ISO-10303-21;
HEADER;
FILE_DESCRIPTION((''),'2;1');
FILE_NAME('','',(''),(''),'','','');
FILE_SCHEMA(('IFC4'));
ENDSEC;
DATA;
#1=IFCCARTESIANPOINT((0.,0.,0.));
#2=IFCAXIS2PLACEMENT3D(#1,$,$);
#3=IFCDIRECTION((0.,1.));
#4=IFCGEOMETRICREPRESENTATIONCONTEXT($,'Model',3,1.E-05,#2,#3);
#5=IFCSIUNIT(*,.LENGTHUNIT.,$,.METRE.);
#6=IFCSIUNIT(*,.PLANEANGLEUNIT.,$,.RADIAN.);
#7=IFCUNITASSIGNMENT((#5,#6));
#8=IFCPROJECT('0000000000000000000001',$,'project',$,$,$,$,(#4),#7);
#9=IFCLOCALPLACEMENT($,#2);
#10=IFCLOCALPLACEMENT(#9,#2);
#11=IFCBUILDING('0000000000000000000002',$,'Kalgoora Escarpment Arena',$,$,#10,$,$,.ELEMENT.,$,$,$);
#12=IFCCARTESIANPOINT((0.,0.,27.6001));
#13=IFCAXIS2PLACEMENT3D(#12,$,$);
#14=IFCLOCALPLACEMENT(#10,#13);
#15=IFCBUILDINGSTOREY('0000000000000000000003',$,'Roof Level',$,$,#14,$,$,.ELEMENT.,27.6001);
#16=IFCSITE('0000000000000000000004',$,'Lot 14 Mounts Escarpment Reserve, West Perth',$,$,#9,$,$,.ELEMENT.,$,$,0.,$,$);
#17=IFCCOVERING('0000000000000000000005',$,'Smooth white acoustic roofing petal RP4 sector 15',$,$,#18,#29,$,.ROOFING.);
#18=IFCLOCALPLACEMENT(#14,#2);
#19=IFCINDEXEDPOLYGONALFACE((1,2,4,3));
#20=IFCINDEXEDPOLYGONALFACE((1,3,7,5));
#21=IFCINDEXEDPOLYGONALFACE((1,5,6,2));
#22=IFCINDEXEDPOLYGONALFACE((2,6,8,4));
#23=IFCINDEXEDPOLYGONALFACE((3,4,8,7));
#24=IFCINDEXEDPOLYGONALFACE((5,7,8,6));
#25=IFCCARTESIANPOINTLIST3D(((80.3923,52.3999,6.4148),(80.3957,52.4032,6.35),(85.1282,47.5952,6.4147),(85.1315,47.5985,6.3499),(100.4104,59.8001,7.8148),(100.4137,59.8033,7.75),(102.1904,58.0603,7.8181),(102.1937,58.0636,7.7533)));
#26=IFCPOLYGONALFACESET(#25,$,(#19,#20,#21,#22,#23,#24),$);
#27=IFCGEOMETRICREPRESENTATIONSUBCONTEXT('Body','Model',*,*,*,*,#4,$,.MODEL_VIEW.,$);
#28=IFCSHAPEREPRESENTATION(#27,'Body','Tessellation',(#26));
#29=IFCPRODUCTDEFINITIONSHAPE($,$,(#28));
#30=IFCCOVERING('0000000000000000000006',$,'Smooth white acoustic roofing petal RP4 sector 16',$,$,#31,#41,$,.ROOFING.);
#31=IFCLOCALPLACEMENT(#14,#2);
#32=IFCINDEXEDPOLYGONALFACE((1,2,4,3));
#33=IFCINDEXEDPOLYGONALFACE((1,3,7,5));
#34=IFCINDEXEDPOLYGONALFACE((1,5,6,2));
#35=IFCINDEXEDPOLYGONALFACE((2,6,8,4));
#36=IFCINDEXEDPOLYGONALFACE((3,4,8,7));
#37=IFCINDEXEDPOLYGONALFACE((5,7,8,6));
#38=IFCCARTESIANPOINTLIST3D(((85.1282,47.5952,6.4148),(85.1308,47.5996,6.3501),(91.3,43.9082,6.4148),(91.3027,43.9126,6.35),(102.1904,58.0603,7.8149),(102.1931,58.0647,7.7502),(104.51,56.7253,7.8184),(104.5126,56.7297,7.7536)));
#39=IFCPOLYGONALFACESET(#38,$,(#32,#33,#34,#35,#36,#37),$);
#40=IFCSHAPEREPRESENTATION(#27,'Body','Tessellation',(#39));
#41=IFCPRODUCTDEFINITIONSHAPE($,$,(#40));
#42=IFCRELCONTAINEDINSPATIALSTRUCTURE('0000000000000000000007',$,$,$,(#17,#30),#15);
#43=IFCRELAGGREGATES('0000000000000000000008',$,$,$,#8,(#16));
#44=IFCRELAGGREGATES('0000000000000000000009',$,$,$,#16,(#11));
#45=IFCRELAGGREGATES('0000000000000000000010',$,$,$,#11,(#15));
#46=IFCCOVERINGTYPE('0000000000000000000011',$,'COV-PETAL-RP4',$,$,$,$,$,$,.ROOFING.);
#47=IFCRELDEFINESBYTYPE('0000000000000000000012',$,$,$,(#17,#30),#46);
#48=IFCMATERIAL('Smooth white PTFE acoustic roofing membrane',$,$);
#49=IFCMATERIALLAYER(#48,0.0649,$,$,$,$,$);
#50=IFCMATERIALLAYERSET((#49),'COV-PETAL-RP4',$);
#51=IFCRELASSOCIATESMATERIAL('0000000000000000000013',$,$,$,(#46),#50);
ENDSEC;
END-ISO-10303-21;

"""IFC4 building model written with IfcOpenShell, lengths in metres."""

from ifc_helpers import new_model, si_unit, direction, frame, origin, place, context, subcontext, project, spatial, polyline, outline, extrude, material, layer, layer_set, type_object, element, save


model = new_model("IFC4")

# Units and contexts
model_context = context("Model", 3, precision=1e-05, world=origin(), true_north=direction((0.0, 1.0)))
body_context = subcontext(model_context, "Body", "Model", "MODEL_VIEW")
ifc_project = project(units=[si_unit("LENGTHUNIT", "METRE"), si_unit("PLANEANGLEUNIT", "RADIAN")], contexts=[model_context])

# Site, building, storey
site_placement = place(None, origin())
site = spatial("IfcSite", under=ifc_project, at=site_placement, Name="Lot 14 Mounts Escarpment Reserve, West Perth", CompositionType="ELEMENT", RefElevation=0.0)
building_placement = place(site_placement, origin())
building = spatial("IfcBuilding", under=site, at=building_placement, Name="Kalgoora Escarpment Arena", CompositionType="ELEMENT")
storey_placement = place(building_placement, frame((0.0, 0.0, 27.6001)))
storey = spatial("IfcBuildingStorey", under=building, at=storey_placement, Name="Roof Level", CompositionType="ELEMENT", Elevation=27.6001)

# Coverings
ifc_material_1 = material(Name="Smooth white PTFE acoustic roofing membrane")
ifc_layer_1 = layer(ifc_material_1, 0.0649)
ifc_layer_set_1 = layer_set([ifc_layer_1], Name="COV-PETAL-RP4")
covering_type = type_object("IfcCoveringType", Name="COV-PETAL-RP4", PredefinedType="ROOFING", material=ifc_layer_set_1)
covering_1_placement = place(storey_placement, frame((80.3923, 52.3999, 6.4148), z_axis=(-0.051121, -0.050414, 0.997419), x_axis=(0.701987, -0.71219, -0.000018)))
element("IfcCovering", 1, at=covering_1_placement, inside=storey, type_object=covering_type, Name="Smooth white acoustic roofing petal RP4 sector 15", PredefinedType="ROOFING", context=body_context, shape_type="SweptSolid", body=[
    extrude(outline(polyline([(0.0, 0.0), (6.7463, 0.0), (11.2707, 19.5484), (8.7821, 19.5018), (0.0, 0.0)])), origin(), (0.0, 0.0, -1.0), 0.0649),
])
covering_2_placement = place(storey_placement, frame((85.1282, 47.5952, 6.4148), z_axis=(-0.040362, -0.067569, 0.996898), x_axis=(0.85848, -0.512847, -0.000002)))
element("IfcCovering", 2, at=covering_2_placement, inside=storey, type_object=covering_type, Name="Smooth white acoustic roofing petal RP4 sector 16", PredefinedType="ROOFING", context=body_context, shape_type="SweptSolid", body=[
    extrude(outline(polyline([(0.0, 0.0), (7.1893, 0.0), (11.9566, 17.8333), (9.2806, 17.7896), (0.0, 0.0)])), origin(), (0.0, 0.0, -1.0), 0.0649),
])

save(model, "model.ifc")
